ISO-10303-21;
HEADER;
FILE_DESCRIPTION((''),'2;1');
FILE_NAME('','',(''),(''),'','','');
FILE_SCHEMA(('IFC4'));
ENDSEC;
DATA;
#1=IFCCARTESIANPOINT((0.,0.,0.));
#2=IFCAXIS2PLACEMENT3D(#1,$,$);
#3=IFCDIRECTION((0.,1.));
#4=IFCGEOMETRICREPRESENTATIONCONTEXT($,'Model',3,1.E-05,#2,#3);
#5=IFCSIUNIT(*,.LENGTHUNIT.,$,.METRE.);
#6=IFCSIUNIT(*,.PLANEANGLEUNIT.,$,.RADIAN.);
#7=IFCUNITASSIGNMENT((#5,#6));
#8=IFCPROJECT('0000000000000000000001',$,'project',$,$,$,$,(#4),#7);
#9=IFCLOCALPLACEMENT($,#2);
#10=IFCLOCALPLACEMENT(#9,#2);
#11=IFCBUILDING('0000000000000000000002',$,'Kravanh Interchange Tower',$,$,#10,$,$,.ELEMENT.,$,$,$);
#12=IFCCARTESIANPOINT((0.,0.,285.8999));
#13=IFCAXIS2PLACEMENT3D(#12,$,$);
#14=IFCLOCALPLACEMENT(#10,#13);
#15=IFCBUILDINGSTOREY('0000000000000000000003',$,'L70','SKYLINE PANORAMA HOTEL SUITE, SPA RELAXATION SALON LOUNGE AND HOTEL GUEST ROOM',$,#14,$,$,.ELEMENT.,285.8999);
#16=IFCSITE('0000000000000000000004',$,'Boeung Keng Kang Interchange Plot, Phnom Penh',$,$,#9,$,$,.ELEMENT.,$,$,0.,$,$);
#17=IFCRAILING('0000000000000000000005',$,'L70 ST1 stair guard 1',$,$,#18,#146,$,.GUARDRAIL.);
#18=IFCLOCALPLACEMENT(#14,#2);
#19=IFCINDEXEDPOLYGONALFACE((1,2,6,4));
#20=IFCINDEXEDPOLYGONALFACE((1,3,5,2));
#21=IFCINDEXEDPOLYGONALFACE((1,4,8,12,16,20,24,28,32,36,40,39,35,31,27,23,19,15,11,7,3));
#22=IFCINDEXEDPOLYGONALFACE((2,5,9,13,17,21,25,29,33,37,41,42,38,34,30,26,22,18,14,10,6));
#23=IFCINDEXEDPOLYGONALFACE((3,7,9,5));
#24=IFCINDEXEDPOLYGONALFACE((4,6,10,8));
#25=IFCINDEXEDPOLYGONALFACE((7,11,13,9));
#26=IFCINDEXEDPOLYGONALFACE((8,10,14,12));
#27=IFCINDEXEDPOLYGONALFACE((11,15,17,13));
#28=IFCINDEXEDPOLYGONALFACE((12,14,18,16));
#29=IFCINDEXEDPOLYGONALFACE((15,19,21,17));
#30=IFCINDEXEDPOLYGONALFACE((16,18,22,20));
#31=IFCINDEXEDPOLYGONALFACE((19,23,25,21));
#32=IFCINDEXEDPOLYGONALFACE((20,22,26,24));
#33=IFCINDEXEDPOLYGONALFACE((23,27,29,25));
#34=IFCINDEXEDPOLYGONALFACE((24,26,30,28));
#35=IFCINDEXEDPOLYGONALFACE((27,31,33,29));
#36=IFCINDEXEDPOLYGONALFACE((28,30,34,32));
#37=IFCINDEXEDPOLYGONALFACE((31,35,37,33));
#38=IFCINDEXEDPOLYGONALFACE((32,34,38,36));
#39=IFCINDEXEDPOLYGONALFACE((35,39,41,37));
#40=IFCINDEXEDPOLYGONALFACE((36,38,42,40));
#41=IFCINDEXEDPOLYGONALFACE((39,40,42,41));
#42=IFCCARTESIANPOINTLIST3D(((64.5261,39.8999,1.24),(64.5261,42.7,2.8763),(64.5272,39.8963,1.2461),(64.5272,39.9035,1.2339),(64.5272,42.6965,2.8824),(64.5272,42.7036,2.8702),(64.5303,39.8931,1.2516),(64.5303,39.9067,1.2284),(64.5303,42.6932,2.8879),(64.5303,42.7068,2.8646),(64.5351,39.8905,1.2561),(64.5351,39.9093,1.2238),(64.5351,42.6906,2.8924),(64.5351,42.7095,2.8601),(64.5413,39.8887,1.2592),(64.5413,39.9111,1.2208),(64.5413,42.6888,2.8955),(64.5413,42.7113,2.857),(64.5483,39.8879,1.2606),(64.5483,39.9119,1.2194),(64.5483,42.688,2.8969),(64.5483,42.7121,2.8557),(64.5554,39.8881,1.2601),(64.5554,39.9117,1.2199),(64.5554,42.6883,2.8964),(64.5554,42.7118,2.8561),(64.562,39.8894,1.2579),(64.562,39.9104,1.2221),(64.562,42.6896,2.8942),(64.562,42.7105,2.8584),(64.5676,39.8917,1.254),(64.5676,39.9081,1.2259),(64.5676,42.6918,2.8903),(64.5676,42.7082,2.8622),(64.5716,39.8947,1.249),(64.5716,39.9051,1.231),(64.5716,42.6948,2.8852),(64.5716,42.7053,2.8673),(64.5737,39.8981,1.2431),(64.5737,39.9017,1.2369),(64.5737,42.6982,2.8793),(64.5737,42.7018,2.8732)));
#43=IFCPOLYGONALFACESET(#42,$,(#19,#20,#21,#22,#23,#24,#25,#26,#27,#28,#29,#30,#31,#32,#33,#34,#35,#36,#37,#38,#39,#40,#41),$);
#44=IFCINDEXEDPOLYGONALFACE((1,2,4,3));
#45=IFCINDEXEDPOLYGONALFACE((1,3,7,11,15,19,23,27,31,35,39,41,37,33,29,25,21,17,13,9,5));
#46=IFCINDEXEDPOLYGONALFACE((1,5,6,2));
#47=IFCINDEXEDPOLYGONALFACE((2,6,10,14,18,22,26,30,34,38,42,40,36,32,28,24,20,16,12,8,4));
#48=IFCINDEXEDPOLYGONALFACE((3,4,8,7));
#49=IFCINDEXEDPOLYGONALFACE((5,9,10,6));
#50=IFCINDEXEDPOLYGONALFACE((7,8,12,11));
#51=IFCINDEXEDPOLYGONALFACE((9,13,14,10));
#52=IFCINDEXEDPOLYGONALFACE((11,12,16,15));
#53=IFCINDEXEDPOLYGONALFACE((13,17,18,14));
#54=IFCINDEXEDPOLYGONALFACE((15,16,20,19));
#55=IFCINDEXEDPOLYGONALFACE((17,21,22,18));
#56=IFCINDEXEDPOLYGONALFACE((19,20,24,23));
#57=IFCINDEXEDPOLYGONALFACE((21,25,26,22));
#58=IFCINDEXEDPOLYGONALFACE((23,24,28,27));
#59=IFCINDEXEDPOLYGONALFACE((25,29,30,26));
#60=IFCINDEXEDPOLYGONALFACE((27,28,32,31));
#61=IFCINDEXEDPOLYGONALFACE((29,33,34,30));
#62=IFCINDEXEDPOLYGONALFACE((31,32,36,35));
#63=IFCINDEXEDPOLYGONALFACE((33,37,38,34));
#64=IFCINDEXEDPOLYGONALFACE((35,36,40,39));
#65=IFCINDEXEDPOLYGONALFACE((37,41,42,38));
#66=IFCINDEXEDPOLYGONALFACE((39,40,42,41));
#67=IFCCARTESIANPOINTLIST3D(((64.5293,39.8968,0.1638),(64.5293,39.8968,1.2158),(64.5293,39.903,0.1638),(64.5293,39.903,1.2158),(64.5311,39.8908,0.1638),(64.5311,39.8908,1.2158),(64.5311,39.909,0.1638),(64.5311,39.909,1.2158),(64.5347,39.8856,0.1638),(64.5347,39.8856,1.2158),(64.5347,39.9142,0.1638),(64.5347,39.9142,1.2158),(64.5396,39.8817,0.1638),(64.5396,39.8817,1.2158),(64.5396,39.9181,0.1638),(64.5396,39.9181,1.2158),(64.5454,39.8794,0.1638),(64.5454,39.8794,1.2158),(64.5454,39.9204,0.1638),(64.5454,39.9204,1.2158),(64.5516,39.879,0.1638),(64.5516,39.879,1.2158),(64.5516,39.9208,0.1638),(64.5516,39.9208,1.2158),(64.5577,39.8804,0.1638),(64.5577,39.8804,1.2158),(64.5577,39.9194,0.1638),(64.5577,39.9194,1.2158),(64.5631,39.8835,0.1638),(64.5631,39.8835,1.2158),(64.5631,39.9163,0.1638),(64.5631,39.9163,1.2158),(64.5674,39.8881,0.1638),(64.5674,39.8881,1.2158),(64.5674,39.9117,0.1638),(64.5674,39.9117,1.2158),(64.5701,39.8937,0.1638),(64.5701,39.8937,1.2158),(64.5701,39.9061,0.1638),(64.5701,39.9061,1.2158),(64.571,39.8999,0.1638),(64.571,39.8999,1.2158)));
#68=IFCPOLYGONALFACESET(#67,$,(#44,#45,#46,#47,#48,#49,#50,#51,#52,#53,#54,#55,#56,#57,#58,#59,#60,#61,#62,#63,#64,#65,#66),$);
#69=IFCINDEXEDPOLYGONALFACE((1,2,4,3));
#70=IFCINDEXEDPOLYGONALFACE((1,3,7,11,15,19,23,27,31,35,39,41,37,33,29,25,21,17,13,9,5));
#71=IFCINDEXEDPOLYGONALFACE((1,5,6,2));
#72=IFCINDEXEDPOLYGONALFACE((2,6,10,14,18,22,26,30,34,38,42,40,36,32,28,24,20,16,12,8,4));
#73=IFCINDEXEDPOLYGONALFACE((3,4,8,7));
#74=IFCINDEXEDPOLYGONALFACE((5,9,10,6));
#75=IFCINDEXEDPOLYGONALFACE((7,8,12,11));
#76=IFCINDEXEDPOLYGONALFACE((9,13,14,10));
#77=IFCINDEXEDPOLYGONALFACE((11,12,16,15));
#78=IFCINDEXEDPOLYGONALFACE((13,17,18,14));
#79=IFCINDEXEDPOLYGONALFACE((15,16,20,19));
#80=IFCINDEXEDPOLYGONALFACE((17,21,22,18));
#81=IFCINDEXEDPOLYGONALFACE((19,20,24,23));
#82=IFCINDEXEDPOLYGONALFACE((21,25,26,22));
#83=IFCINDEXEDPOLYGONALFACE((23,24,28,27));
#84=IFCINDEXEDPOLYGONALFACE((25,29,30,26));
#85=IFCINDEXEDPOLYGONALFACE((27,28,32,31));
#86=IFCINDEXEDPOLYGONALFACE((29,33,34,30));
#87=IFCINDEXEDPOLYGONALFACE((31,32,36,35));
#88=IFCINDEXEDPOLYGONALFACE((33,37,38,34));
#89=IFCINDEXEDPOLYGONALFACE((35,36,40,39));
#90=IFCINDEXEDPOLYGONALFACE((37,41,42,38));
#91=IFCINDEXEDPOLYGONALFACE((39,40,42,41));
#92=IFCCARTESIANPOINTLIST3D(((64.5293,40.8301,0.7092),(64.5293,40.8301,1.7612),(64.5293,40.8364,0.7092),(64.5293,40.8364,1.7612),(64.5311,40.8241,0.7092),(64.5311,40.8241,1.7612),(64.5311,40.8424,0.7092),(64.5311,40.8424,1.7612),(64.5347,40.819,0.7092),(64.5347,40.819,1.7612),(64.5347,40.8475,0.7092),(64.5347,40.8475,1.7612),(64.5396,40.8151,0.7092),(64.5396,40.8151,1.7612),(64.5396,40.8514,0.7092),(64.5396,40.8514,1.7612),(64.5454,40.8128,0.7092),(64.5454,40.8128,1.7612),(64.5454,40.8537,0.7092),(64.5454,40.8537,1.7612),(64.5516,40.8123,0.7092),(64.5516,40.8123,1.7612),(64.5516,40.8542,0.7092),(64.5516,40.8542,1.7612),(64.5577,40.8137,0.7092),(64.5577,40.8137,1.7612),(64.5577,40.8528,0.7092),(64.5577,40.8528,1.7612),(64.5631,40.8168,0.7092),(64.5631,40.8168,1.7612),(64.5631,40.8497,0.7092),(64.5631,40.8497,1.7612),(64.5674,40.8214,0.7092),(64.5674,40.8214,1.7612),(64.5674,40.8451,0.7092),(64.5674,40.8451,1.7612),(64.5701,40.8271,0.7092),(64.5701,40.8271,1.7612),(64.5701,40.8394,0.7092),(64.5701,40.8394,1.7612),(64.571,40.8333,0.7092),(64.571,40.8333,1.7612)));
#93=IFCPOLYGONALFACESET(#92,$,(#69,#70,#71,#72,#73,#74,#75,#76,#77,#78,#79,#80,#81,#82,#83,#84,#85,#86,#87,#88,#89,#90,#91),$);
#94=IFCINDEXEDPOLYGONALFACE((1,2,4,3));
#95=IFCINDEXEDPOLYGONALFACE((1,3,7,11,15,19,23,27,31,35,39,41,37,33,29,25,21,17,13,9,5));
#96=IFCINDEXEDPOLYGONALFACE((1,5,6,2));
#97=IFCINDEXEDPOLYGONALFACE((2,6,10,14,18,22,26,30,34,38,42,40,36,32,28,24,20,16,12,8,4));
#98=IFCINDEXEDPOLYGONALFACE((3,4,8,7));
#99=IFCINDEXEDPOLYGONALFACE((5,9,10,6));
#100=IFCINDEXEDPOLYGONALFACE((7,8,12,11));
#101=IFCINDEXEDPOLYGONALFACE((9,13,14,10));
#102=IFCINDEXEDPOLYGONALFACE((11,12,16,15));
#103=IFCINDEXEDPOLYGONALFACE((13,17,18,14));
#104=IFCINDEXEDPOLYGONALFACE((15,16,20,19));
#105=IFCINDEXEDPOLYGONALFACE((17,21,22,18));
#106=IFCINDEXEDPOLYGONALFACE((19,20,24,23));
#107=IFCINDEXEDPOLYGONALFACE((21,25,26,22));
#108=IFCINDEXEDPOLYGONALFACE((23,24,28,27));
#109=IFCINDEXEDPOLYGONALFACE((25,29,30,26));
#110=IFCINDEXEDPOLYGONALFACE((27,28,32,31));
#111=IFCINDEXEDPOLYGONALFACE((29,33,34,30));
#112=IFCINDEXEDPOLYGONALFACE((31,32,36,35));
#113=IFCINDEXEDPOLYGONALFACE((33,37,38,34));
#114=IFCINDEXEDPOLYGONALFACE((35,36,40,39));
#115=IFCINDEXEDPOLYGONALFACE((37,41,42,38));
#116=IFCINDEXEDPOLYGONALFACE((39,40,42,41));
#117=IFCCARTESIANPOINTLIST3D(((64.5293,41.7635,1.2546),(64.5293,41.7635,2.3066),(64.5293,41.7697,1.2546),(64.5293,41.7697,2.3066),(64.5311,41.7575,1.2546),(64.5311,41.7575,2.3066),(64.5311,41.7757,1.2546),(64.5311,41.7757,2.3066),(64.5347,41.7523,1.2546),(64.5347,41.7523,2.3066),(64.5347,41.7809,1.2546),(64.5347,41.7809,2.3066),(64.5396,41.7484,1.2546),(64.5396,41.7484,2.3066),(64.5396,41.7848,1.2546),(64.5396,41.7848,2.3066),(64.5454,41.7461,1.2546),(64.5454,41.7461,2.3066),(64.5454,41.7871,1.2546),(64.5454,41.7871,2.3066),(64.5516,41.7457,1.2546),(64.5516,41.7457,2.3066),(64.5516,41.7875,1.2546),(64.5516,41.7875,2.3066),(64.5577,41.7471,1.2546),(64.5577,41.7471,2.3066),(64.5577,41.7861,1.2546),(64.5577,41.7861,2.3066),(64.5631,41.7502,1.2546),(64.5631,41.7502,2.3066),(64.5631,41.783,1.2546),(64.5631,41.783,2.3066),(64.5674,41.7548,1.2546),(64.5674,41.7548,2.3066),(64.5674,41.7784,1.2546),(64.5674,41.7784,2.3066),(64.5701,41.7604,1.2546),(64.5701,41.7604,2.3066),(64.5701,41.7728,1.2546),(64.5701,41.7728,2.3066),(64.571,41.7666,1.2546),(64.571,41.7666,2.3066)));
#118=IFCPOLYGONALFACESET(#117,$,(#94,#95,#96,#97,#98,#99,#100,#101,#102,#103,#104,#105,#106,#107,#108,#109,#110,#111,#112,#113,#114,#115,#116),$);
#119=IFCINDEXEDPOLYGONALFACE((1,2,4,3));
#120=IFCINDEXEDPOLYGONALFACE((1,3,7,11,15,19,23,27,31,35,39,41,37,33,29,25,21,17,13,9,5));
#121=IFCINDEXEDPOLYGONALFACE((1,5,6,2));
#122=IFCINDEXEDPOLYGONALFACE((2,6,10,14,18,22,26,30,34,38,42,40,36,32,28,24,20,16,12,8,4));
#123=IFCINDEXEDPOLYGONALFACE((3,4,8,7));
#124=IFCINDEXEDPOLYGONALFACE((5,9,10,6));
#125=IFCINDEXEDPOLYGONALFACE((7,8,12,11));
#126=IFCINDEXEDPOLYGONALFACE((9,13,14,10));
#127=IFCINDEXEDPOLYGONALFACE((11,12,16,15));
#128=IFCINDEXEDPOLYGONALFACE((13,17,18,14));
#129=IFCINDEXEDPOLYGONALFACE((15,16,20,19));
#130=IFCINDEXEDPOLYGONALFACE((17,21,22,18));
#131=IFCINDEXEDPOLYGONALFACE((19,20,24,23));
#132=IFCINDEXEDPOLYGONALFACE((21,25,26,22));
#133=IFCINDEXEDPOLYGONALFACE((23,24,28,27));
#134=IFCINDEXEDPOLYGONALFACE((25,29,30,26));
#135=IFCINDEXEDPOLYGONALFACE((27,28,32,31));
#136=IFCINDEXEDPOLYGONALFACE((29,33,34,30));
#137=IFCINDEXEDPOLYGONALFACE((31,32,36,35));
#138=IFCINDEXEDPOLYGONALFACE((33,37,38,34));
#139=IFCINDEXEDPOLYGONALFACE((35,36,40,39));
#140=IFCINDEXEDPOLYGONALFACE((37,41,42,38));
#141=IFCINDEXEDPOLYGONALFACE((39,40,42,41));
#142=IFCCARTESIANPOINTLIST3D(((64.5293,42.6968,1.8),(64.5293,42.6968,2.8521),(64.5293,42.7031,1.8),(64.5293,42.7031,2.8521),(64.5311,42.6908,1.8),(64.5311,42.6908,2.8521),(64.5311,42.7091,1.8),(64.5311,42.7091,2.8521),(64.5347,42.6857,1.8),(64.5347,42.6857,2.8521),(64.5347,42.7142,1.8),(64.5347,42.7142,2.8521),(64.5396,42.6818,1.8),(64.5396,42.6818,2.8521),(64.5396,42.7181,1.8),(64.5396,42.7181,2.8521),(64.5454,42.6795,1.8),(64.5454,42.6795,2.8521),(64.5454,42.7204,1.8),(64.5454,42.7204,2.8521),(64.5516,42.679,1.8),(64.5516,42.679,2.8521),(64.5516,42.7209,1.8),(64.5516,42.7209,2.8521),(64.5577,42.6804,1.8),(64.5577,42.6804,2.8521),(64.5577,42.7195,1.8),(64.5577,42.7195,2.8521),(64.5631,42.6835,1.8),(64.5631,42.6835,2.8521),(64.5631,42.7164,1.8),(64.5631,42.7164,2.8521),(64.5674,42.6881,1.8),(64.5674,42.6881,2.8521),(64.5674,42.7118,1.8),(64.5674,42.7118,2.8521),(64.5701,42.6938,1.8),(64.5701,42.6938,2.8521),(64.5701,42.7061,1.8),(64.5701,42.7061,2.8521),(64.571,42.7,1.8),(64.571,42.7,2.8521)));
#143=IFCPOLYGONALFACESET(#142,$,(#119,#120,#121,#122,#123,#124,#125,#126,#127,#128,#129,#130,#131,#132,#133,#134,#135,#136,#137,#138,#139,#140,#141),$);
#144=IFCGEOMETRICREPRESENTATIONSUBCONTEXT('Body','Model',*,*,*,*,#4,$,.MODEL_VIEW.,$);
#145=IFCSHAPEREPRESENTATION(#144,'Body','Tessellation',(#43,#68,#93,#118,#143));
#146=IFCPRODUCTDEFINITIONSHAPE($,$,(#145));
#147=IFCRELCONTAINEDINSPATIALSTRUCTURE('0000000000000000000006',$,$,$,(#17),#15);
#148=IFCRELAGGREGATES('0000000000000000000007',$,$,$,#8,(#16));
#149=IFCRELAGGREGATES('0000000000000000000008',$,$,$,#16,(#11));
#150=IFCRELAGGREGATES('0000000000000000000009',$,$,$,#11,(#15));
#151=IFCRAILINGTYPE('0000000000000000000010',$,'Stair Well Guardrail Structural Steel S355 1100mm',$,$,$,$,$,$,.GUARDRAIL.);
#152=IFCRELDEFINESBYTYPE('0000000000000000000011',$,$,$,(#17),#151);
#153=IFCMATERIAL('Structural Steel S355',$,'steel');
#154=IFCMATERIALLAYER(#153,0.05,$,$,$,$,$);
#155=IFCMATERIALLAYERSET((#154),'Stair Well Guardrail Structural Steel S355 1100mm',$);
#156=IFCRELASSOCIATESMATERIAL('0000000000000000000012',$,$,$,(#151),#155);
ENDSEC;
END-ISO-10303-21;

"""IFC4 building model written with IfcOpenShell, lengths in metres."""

from ifc_helpers import new_model, si_unit, direction, frame, origin, origin_2d, place, context, subcontext, project, spatial, circle, extrude, material, layer, layer_set, type_object, element, save


model = new_model("IFC4")

# Units and contexts
model_context = context("Model", 3, precision=1e-05, world=origin(), true_north=direction((0.0, 1.0)))
body_context = subcontext(model_context, "Body", "Model", "MODEL_VIEW")
ifc_project = project(units=[si_unit("LENGTHUNIT", "METRE"), si_unit("PLANEANGLEUNIT", "RADIAN")], contexts=[model_context])

# Site, building, storey
site_placement = place(None, origin())
site = spatial("IfcSite", under=ifc_project, at=site_placement, Name="Boeung Keng Kang Interchange Plot, Phnom Penh", CompositionType="ELEMENT", RefElevation=0.0)
building_placement = place(site_placement, origin())
building = spatial("IfcBuilding", under=site, at=building_placement, Name="Kravanh Interchange Tower", CompositionType="ELEMENT")
storey_placement = place(building_placement, frame((0.0, 0.0, 285.8999)))
storey = spatial("IfcBuildingStorey", under=building, at=storey_placement, Name="L70", Description="SKYLINE PANORAMA HOTEL SUITE, SPA RELAXATION SALON LOUNGE AND HOTEL GUEST ROOM", CompositionType="ELEMENT", Elevation=285.8999)

# Railing
ifc_material_1 = material(Name="Structural Steel S355", Category="steel")
ifc_layer_1 = layer(ifc_material_1, 0.05)
ifc_layer_set_1 = layer_set([ifc_layer_1], Name="Stair Well Guardrail Structural Steel S355 1100mm")
railing_type_1 = type_object("IfcRailingType", Name="Stair Well Guardrail Structural Steel S355 1100mm", PredefinedType="GUARDRAIL", material=ifc_layer_set_1)
railing_1_placement = place(storey_placement, frame((64.55, 39.8999, 0.1638)))
element("IfcRailing", 1, at=railing_1_placement, inside=storey, type_object=railing_type_1, Name="L70 ST1 stair guard 1", PredefinedType="GUARDRAIL", context=body_context, shape_type="SweptSolid", body=[
    extrude(circle(Radius=0.0239, at=origin_2d()), frame((0.0, 0.0, 1.0762), z_axis=(0.0, 0.863394, 0.504531), x_axis=(-1.0, 0.0, 0.0)), (0.0, 0.0, 1.0), 3.2432),
    extrude(circle(Radius=0.021, at=origin_2d()), origin(), (0.0, 0.0, 1.0), 1.052),
    extrude(circle(Radius=0.021, at=origin_2d()), frame((0.0, 0.9333, 0.5454)), (0.0, 0.0, 1.0), 1.052),
    extrude(circle(Radius=0.021, at=origin_2d()), frame((0.0, 1.8667, 1.0908)), (0.0, 0.0, 1.0), 1.052),
    extrude(circle(Radius=0.021, at=origin_2d()), frame((0.0, 2.8, 1.6362)), (0.0, 0.0, 1.0), 1.052),
])

save(model, "model.ifc")
